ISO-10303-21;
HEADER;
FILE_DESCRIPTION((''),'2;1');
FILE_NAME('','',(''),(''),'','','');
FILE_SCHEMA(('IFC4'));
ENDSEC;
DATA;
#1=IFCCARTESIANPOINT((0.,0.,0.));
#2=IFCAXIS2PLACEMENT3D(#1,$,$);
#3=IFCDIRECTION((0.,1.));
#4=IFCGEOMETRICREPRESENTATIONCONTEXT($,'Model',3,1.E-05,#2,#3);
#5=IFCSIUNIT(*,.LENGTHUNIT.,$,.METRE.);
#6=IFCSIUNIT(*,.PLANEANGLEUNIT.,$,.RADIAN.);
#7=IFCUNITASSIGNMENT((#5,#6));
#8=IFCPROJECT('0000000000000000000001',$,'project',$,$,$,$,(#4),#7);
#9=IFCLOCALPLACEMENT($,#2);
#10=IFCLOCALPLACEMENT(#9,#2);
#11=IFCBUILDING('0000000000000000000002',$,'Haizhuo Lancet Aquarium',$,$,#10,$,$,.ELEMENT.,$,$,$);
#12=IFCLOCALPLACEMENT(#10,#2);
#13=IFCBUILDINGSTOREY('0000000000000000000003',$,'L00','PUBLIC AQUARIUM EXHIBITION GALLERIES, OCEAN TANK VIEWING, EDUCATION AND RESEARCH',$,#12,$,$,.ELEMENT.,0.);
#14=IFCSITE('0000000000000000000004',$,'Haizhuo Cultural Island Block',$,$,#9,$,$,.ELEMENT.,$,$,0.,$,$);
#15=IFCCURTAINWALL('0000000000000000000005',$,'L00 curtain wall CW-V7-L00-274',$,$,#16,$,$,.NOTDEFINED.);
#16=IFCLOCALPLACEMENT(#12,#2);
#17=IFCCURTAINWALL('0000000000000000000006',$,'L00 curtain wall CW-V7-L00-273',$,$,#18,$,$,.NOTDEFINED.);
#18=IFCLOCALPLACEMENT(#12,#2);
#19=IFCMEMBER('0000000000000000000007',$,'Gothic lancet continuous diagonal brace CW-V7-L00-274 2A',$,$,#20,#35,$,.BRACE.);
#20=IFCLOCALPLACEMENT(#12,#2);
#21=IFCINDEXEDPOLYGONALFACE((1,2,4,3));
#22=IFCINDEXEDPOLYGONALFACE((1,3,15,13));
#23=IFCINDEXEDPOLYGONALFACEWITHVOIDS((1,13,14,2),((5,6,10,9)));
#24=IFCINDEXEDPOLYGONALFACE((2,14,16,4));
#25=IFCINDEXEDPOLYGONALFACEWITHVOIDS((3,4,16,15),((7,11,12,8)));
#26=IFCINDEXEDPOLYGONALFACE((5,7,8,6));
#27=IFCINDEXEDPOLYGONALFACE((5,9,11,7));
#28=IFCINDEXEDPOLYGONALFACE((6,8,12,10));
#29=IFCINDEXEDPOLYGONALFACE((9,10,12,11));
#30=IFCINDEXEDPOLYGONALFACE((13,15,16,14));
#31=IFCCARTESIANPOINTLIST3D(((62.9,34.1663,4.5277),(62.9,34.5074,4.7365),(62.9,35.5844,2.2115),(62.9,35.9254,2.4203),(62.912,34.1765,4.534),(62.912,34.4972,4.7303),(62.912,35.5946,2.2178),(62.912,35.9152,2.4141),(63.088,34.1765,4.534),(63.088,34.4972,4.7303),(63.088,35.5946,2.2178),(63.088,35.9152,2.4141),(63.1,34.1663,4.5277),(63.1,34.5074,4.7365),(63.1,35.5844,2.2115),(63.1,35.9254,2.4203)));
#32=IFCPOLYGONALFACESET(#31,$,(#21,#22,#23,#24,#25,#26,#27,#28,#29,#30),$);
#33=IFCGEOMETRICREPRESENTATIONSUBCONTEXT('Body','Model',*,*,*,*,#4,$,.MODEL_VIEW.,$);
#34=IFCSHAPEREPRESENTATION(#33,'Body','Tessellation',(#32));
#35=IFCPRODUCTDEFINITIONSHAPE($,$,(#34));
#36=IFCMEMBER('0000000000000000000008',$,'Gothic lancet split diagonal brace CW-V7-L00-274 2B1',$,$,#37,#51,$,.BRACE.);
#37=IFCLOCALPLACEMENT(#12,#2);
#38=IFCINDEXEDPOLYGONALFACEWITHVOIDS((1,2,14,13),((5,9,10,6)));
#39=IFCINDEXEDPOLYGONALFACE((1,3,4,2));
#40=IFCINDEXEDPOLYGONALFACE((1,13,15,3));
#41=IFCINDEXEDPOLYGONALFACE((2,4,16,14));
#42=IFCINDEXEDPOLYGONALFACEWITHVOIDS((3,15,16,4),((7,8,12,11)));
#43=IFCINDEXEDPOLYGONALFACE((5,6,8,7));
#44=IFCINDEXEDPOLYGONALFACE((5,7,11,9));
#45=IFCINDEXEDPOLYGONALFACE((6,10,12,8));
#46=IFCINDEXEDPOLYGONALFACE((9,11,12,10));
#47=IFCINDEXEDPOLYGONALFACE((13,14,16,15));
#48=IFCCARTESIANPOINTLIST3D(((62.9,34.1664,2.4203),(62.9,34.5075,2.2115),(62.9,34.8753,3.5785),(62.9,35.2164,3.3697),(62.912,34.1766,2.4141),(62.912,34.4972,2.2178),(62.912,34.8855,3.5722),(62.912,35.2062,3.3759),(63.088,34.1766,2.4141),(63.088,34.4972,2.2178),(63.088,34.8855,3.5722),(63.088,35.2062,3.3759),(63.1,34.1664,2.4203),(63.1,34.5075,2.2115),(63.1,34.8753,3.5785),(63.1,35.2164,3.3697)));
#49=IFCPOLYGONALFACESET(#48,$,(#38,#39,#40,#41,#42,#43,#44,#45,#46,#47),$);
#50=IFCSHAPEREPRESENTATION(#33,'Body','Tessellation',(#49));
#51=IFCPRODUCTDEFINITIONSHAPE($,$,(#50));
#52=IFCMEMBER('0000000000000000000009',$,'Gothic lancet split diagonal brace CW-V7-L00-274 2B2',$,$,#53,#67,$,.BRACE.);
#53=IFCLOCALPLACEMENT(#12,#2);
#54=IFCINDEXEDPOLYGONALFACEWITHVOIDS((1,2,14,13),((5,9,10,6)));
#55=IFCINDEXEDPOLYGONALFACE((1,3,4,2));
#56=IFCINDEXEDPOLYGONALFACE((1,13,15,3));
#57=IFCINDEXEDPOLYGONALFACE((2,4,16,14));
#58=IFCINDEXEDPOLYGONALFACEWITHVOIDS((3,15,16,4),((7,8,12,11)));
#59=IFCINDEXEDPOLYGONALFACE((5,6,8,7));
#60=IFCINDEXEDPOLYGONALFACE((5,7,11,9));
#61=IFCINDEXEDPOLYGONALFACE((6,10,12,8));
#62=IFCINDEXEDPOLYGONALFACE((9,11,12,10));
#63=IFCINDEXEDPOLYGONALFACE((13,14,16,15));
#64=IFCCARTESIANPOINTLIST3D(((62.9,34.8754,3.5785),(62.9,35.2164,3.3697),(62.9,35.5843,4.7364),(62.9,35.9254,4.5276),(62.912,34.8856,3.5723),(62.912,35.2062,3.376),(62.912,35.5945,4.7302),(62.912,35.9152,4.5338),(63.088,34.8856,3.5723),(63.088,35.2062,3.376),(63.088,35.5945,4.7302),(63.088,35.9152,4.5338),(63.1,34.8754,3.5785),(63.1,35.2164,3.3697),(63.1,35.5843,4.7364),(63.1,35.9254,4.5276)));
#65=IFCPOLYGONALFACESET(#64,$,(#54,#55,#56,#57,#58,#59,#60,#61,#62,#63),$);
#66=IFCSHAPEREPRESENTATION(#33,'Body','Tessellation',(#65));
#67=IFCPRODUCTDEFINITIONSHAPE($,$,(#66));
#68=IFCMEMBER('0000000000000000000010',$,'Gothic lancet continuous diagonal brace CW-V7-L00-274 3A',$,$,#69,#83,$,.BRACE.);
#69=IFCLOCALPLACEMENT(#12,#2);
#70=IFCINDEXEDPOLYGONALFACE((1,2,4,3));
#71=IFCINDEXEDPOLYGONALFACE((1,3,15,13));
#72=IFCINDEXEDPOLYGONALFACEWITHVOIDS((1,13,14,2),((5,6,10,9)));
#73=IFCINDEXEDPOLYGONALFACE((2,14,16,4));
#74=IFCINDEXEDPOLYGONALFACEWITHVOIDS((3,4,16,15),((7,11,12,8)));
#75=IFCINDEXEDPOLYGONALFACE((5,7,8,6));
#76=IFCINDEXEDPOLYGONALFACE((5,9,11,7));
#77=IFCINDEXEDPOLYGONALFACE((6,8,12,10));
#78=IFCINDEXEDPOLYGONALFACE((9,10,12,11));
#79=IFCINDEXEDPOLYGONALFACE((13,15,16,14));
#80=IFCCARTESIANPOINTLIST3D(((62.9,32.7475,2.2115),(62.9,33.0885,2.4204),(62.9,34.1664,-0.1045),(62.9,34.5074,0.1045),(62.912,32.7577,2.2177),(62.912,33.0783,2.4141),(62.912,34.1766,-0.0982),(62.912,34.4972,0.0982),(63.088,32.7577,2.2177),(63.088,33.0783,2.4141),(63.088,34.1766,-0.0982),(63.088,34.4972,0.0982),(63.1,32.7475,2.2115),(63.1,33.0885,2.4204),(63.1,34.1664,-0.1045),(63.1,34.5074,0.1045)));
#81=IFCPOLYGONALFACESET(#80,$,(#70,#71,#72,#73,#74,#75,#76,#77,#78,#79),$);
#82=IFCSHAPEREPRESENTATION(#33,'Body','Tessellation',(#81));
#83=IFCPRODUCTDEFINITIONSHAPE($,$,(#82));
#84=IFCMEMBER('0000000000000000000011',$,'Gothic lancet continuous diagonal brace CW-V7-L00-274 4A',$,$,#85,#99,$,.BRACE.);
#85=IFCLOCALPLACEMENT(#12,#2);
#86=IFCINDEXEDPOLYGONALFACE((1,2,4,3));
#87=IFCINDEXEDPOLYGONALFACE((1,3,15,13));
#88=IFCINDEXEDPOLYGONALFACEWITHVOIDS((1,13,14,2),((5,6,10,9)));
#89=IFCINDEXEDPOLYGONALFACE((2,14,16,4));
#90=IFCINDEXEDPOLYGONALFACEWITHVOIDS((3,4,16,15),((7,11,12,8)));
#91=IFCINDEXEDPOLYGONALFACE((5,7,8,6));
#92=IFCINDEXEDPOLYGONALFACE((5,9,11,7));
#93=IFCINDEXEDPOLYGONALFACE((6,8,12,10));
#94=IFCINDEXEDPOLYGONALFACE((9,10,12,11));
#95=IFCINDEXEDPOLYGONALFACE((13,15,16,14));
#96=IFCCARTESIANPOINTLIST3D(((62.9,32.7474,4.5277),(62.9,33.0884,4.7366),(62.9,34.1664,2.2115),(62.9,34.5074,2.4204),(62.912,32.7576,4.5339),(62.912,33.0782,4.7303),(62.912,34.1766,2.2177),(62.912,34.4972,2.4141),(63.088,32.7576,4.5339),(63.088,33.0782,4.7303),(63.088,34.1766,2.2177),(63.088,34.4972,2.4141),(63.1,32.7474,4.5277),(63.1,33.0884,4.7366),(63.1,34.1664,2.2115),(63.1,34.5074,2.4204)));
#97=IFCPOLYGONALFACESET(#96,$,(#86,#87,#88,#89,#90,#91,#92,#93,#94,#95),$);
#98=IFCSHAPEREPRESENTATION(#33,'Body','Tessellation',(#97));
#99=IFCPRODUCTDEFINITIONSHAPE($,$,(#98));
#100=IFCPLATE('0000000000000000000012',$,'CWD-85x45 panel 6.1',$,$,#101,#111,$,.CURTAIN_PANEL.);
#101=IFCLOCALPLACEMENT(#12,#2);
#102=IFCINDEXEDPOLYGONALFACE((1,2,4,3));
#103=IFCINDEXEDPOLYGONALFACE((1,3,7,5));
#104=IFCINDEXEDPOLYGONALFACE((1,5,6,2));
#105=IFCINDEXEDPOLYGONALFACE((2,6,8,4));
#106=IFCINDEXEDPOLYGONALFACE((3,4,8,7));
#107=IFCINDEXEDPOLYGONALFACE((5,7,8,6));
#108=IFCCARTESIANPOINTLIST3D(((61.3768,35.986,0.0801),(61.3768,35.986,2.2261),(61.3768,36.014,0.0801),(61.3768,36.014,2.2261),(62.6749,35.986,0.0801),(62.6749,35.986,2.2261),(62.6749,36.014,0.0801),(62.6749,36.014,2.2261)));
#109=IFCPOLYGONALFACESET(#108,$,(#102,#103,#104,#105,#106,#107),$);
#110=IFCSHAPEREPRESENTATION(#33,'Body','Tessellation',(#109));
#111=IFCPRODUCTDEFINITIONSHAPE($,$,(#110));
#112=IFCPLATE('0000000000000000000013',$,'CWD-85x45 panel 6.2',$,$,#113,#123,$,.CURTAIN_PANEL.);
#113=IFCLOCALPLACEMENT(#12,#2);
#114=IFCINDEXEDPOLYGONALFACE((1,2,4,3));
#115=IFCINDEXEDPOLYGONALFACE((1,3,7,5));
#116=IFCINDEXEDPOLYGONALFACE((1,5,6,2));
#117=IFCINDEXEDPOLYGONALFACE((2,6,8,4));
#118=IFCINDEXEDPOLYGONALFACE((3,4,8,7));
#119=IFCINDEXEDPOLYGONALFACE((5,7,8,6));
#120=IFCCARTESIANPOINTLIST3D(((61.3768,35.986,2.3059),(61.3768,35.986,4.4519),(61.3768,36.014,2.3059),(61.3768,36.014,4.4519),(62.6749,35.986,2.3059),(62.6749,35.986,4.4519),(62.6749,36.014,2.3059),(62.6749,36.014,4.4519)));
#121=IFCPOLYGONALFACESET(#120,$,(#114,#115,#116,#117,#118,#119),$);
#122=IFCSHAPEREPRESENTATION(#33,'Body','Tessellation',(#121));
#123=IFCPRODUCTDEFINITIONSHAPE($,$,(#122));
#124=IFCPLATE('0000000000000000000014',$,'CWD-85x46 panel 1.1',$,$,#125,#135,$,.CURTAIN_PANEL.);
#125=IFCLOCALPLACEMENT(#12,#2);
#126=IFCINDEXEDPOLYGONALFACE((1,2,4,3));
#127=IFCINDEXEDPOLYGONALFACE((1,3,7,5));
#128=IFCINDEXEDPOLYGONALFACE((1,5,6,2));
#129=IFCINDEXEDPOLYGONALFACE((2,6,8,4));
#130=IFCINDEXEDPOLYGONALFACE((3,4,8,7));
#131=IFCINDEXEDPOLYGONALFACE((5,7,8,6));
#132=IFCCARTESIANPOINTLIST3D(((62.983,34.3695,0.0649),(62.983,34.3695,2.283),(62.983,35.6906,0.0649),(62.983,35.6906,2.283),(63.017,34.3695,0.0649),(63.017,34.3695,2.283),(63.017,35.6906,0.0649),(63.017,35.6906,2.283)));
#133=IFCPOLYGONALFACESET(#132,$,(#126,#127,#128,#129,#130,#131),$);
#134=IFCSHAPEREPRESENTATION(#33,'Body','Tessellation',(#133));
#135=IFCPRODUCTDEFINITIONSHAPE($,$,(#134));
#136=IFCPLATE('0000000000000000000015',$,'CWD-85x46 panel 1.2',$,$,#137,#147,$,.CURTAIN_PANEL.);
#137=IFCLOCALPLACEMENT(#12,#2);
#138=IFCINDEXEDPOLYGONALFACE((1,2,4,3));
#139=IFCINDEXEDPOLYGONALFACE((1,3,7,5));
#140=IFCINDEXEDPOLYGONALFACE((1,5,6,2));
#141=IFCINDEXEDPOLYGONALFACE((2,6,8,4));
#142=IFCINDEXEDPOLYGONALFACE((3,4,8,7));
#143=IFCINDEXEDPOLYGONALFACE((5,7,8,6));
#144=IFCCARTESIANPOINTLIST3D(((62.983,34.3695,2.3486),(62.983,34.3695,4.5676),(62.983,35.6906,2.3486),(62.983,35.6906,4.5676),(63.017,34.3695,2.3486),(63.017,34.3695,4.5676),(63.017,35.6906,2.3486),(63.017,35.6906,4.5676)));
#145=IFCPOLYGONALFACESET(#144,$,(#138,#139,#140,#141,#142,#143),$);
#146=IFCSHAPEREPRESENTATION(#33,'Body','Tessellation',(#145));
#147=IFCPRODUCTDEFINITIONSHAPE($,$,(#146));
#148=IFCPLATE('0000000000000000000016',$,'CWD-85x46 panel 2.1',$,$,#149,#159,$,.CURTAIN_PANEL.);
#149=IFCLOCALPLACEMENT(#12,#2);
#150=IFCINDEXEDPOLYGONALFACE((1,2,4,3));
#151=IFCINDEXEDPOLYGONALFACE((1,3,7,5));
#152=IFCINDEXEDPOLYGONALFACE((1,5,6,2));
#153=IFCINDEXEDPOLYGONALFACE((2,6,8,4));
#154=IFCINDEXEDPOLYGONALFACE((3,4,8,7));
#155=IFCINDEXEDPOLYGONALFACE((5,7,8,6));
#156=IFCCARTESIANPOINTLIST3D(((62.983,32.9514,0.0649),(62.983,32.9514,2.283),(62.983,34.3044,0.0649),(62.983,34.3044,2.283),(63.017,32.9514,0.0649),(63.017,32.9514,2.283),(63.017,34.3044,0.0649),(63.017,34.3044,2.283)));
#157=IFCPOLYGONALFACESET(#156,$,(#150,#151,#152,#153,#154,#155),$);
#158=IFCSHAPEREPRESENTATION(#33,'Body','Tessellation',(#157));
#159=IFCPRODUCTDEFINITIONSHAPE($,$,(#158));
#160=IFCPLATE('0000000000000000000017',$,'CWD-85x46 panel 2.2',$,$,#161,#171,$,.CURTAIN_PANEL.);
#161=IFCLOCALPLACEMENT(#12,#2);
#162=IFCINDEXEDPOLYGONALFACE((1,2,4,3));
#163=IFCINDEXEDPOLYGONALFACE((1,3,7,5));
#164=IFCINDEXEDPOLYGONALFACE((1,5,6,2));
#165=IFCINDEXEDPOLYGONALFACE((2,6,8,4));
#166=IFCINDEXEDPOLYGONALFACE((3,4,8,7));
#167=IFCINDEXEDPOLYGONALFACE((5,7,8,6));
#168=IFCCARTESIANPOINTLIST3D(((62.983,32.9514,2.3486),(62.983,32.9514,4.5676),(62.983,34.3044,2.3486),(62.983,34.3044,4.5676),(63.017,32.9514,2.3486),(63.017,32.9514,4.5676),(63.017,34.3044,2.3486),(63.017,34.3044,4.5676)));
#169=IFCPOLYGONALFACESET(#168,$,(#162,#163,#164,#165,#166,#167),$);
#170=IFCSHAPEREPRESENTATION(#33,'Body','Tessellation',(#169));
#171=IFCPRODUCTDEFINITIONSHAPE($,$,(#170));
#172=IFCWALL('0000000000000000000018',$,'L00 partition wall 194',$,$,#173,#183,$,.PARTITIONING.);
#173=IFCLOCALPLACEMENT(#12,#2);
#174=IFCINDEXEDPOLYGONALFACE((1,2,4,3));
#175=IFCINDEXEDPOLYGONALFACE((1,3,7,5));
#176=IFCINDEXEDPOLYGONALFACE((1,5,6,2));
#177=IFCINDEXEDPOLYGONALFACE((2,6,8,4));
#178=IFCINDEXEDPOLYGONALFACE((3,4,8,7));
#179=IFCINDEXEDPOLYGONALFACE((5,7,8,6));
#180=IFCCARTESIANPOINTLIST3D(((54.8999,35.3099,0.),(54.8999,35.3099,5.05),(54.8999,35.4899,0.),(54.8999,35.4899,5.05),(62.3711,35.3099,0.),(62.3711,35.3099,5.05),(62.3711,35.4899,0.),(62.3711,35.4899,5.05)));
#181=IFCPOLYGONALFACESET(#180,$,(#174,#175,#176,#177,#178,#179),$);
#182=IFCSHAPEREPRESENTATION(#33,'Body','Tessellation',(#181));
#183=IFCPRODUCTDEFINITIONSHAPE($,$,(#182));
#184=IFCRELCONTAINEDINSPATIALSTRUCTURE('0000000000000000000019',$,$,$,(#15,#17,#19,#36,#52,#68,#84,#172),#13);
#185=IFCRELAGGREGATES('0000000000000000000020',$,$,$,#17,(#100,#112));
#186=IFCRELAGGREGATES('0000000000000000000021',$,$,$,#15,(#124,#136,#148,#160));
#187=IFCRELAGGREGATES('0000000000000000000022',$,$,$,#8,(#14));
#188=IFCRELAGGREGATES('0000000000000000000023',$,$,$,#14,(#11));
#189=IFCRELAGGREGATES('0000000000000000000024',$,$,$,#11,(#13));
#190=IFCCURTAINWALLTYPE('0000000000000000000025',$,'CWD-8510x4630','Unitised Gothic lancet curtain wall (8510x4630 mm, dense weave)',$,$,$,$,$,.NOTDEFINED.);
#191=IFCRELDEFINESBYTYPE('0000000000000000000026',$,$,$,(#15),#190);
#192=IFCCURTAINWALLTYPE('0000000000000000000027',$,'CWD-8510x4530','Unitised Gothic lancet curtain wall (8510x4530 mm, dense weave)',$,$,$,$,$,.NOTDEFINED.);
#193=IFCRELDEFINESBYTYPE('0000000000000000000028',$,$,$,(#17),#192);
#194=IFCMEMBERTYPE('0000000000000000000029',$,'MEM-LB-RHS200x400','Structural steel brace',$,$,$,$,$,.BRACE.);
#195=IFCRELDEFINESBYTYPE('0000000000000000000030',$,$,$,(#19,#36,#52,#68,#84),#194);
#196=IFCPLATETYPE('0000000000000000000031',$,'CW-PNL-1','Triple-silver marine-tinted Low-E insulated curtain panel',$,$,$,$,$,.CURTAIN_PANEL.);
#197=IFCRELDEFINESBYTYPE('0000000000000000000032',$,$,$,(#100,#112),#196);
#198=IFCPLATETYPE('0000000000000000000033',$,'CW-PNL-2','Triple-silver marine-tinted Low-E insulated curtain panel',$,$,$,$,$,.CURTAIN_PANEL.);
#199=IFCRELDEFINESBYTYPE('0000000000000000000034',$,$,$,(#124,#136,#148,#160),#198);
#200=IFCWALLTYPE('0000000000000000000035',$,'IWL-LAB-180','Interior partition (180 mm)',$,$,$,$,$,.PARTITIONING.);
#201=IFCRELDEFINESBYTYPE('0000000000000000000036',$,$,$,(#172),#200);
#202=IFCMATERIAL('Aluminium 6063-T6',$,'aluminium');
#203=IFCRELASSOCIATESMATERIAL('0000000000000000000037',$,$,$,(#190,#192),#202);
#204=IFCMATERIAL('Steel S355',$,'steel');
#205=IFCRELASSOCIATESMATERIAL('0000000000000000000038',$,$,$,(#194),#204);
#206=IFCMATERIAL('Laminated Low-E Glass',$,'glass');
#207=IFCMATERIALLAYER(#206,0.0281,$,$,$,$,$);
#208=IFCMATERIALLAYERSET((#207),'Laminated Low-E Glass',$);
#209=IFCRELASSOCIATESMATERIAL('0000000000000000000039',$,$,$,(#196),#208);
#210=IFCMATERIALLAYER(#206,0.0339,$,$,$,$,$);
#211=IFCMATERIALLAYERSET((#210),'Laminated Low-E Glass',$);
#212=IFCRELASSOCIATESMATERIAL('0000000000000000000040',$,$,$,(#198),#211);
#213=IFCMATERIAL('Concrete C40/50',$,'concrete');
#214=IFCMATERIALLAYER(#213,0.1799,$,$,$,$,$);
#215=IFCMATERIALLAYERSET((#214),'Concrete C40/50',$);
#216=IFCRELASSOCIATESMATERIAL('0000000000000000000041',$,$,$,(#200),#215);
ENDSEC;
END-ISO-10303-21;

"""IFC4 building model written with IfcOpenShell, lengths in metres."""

from ifc_helpers import new_model, si_unit, direction, frame, frame_2d, origin, origin_2d, place, context, subcontext, project, spatial, rectangle, hollow_rectangle, extrude, material, layer, layer_set, material_profile, profile_set, type_object, element, aggregate, save


model = new_model("IFC4")

# Units and contexts
model_context = context("Model", 3, precision=1e-05, world=origin(), true_north=direction((0.0, 1.0)))
body_context = subcontext(model_context, "Body", "Model", "MODEL_VIEW")
ifc_project = project(units=[si_unit("LENGTHUNIT", "METRE"), si_unit("PLANEANGLEUNIT", "RADIAN")], contexts=[model_context])

# Site, building, storey
site_placement = place(None, origin())
site = spatial("IfcSite", under=ifc_project, at=site_placement, Name="Haizhuo Cultural Island Block", CompositionType="ELEMENT", RefElevation=0.0)
building_placement = place(site_placement, origin())
building = spatial("IfcBuilding", under=site, at=building_placement, Name="Haizhuo Lancet Aquarium", CompositionType="ELEMENT")
storey_placement = place(building_placement, origin())
storey = spatial("IfcBuildingStorey", under=building, at=storey_placement, Name="L00", Description="PUBLIC AQUARIUM EXHIBITION GALLERIES, OCEAN TANK VIEWING, EDUCATION AND RESEARCH", CompositionType="ELEMENT", Elevation=0.0)

# Shared definitions
ifc_material_1 = material(Name="Steel S355", Category="steel")

# Curtain wall
ifc_material_2 = material(Name="Aluminium 6063-T6", Category="aluminium")
curtain_wall_type_1 = type_object("IfcCurtainWallType", Name="CWD-8510x4630", Description="Unitised Gothic lancet curtain wall (8510x4630 mm, dense weave)", PredefinedType="NOTDEFINED", material=ifc_material_2)
curtain_wall_1_placement = place(storey_placement, origin())
curtain_wall_1 = element("IfcCurtainWall", 1, at=curtain_wall_1_placement, inside=storey, type_object=curtain_wall_type_1, Name="L00 curtain wall CW-V7-L00-274", PredefinedType="NOTDEFINED")

# Curtain wall
curtain_wall_type_2 = type_object("IfcCurtainWallType", Name="CWD-8510x4530", Description="Unitised Gothic lancet curtain wall (8510x4530 mm, dense weave)", PredefinedType="NOTDEFINED", material=ifc_material_2)
curtain_wall_2_placement = place(storey_placement, origin())
curtain_wall_2 = element("IfcCurtainWall", 2, at=curtain_wall_2_placement, inside=storey, type_object=curtain_wall_type_2, Name="L00 curtain wall CW-V7-L00-273", PredefinedType="NOTDEFINED")

# Members
ifc_material_profile_1 = material_profile(ifc_material_1, hollow_rectangle(XDim=0.2, YDim=0.3999, WallThickness=0.012, at=origin_2d()), Name="RHS 200x400x12")
ifc_profile_set_1 = profile_set([ifc_material_profile_1], Name="Steel S355")
member_type_1 = type_object("IfcMemberType", Name="MEM-LB-RHS200x400", Description="Structural steel brace", PredefinedType="BRACE", material=ifc_profile_set_1)
member_1_placement = place(storey_placement, frame((63.0, 35.7549, 2.3159), z_axis=(0.0, -0.52213, 0.852866), x_axis=(1.0, 0.0, 0.0)))
element("IfcMember", 3, at=member_1_placement, inside=storey, type_object=member_type_1, Name="Gothic lancet continuous diagonal brace CW-V7-L00-274 2A", PredefinedType="BRACE", context=body_context, shape_type="SweptSolid", body=[
    extrude(hollow_rectangle(XDim=0.2, YDim=0.3999, WallThickness=0.012, at=origin_2d()), origin(), (0.0, 0.0, 1.0), 2.7158),
])
member_2_placement = place(storey_placement, frame((63.0, 34.3369, 2.3159), z_axis=(0.0, 0.52209, 0.852891), x_axis=(-1.0, 0.0, 0.0)))
element("IfcMember", 4, at=member_2_placement, inside=storey, type_object=member_type_1, Name="Gothic lancet split diagonal brace CW-V7-L00-274 2B1", PredefinedType="BRACE", context=body_context, shape_type="SweptSolid", body=[
    extrude(hollow_rectangle(XDim=0.2, YDim=0.3999, WallThickness=0.012, at=origin_2d()), origin(), (0.0, 0.0, 1.0), 1.3579),
])
member_3_placement = place(storey_placement, frame((63.0, 35.0459, 3.4741), z_axis=(0.0, 0.52217, 0.852841), x_axis=(-1.0, 0.0, 0.0)))
element("IfcMember", 5, at=member_3_placement, inside=storey, type_object=member_type_1, Name="Gothic lancet split diagonal brace CW-V7-L00-274 2B2", PredefinedType="BRACE", context=body_context, shape_type="SweptSolid", body=[
    extrude(hollow_rectangle(XDim=0.2, YDim=0.3999, WallThickness=0.012, at=origin_2d()), origin(), (0.0, 0.0, 1.0), 1.3577),
])
member_4_placement = place(storey_placement, frame((63.0, 34.3369, 0.0), z_axis=(0.0, -0.522431, 0.852681), x_axis=(1.0, 0.0, 0.0)))
element("IfcMember", 6, at=member_4_placement, inside=storey, type_object=member_type_1, Name="Gothic lancet continuous diagonal brace CW-V7-L00-274 3A", PredefinedType="BRACE", context=body_context, shape_type="SweptSolid", body=[
    extrude(hollow_rectangle(XDim=0.2, YDim=0.3999, WallThickness=0.012, at=origin_2d()), origin(), (0.0, 0.0, 1.0), 2.7161),
])
member_5_placement = place(storey_placement, frame((63.0, 34.3369, 2.3159), z_axis=(0.0, -0.522391, 0.852706), x_axis=(1.0, 0.0, 0.0)))
element("IfcMember", 7, at=member_5_placement, inside=storey, type_object=member_type_1, Name="Gothic lancet continuous diagonal brace CW-V7-L00-274 4A", PredefinedType="BRACE", context=body_context, shape_type="SweptSolid", body=[
    extrude(hollow_rectangle(XDim=0.2, YDim=0.3999, WallThickness=0.012, at=origin_2d()), origin(), (0.0, 0.0, 1.0), 2.7163),
])

# Plates
ifc_material_3 = material(Name="Laminated Low-E Glass", Category="glass")
ifc_layer_1 = layer(ifc_material_3, 0.0281)
ifc_layer_set_1 = layer_set([ifc_layer_1], Name="Laminated Low-E Glass")
plate_type_1 = type_object("IfcPlateType", Name="CW-PNL-1", Description="Triple-silver marine-tinted Low-E insulated curtain panel", PredefinedType="CURTAIN_PANEL", material=ifc_layer_set_1)
plate_1_placement = place(storey_placement, frame((62.0259, 36.0, 0.0801), z_axis=(0.0, 0.0, 1.0), x_axis=(1.0, 0.0, 0.0)))
plate_1 = element("IfcPlate", 8, at=plate_1_placement, type_object=plate_type_1, Name="CWD-85x45 panel 6.1", PredefinedType="CURTAIN_PANEL", context=body_context, shape_type="SweptSolid", body=[
    extrude(rectangle(XDim=1.2981, YDim=0.0281, at=origin_2d()), origin(), (0.0, 0.0, 1.0), 2.146),
])
plate_2_placement = place(storey_placement, frame((62.0259, 36.0, 2.3059), z_axis=(0.0, 0.0, 1.0), x_axis=(1.0, 0.0, 0.0)))
plate_2 = element("IfcPlate", 9, at=plate_2_placement, type_object=plate_type_1, Name="CWD-85x45 panel 6.2", PredefinedType="CURTAIN_PANEL", context=body_context, shape_type="SweptSolid", body=[
    extrude(rectangle(XDim=1.2981, YDim=0.0281, at=origin_2d()), origin(), (0.0, 0.0, 1.0), 2.146),
])
aggregate(curtain_wall_2, [plate_1, plate_2])
ifc_layer_2 = layer(ifc_material_3, 0.0339)
ifc_layer_set_2 = layer_set([ifc_layer_2], Name="Laminated Low-E Glass")
plate_type_2 = type_object("IfcPlateType", Name="CW-PNL-2", Description="Triple-silver marine-tinted Low-E insulated curtain panel", PredefinedType="CURTAIN_PANEL", material=ifc_layer_set_2)
plate_3_placement = place(storey_placement, frame((63.0, 35.03, 0.0649), z_axis=(0.0, 0.0, 1.0), x_axis=(0.0, -1.0, 0.0)))
plate_3 = element("IfcPlate", 10, at=plate_3_placement, type_object=plate_type_2, Name="CWD-85x46 panel 1.1", PredefinedType="CURTAIN_PANEL", context=body_context, shape_type="SweptSolid", body=[
    extrude(rectangle(XDim=1.321, YDim=0.0339, at=origin_2d()), origin(), (0.0, 0.0, 1.0), 2.218),
])
plate_4_placement = place(storey_placement, frame((63.0, 35.03, 2.3486), z_axis=(0.0, 0.0, 1.0), x_axis=(0.0, -1.0, 0.0)))
plate_4 = element("IfcPlate", 11, at=plate_4_placement, type_object=plate_type_2, Name="CWD-85x46 panel 1.2", PredefinedType="CURTAIN_PANEL", context=body_context, shape_type="SweptSolid", body=[
    extrude(rectangle(XDim=1.321, YDim=0.0339, at=origin_2d()), origin(), (0.0, 0.0, 1.0), 2.219),
])
plate_5_placement = place(storey_placement, frame((63.0, 33.6279, 0.0649), z_axis=(0.0, 0.0, 1.0), x_axis=(0.0, -1.0, 0.0)))
plate_5 = element("IfcPlate", 12, at=plate_5_placement, type_object=plate_type_2, Name="CWD-85x46 panel 2.1", PredefinedType="CURTAIN_PANEL", context=body_context, shape_type="SweptSolid", body=[
    extrude(rectangle(XDim=1.353, YDim=0.0339, at=origin_2d()), origin(), (0.0, 0.0, 1.0), 2.218),
])
plate_6_placement = place(storey_placement, frame((63.0, 33.6279, 2.3486), z_axis=(0.0, 0.0, 1.0), x_axis=(0.0, -1.0, 0.0)))
plate_6 = element("IfcPlate", 13, at=plate_6_placement, type_object=plate_type_2, Name="CWD-85x46 panel 2.2", PredefinedType="CURTAIN_PANEL", context=body_context, shape_type="SweptSolid", body=[
    extrude(rectangle(XDim=1.353, YDim=0.0339, at=origin_2d()), origin(), (0.0, 0.0, 1.0), 2.219),
])
aggregate(curtain_wall_1, [plate_3, plate_4, plate_5, plate_6])

# Wall
ifc_material_4 = material(Name="Concrete C40/50", Category="concrete")
ifc_layer_3 = layer(ifc_material_4, 0.1799)
ifc_layer_set_3 = layer_set([ifc_layer_3], Name="Concrete C40/50")
wall_type = type_object("IfcWallType", Name="IWL-LAB-180", Description="Interior partition (180 mm)", PredefinedType="PARTITIONING", material=ifc_layer_set_3)
wall_placement = place(storey_placement, frame((62.3711, 35.3999, 0.0), z_axis=(0.0, 0.0, 1.0), x_axis=(-1.0, 0.0, 0.0)))
element("IfcWall", 14, at=wall_placement, inside=storey, type_object=wall_type, Name="L00 partition wall 194", PredefinedType="PARTITIONING", context=body_context, shape_type="SweptSolid", body=[
    extrude(rectangle(XDim=7.4712, YDim=0.1799, at=frame_2d((3.7356, 0.0))), origin(), (0.0, 0.0, 1.0), 5.05),
])

save(model, "model.ifc")
